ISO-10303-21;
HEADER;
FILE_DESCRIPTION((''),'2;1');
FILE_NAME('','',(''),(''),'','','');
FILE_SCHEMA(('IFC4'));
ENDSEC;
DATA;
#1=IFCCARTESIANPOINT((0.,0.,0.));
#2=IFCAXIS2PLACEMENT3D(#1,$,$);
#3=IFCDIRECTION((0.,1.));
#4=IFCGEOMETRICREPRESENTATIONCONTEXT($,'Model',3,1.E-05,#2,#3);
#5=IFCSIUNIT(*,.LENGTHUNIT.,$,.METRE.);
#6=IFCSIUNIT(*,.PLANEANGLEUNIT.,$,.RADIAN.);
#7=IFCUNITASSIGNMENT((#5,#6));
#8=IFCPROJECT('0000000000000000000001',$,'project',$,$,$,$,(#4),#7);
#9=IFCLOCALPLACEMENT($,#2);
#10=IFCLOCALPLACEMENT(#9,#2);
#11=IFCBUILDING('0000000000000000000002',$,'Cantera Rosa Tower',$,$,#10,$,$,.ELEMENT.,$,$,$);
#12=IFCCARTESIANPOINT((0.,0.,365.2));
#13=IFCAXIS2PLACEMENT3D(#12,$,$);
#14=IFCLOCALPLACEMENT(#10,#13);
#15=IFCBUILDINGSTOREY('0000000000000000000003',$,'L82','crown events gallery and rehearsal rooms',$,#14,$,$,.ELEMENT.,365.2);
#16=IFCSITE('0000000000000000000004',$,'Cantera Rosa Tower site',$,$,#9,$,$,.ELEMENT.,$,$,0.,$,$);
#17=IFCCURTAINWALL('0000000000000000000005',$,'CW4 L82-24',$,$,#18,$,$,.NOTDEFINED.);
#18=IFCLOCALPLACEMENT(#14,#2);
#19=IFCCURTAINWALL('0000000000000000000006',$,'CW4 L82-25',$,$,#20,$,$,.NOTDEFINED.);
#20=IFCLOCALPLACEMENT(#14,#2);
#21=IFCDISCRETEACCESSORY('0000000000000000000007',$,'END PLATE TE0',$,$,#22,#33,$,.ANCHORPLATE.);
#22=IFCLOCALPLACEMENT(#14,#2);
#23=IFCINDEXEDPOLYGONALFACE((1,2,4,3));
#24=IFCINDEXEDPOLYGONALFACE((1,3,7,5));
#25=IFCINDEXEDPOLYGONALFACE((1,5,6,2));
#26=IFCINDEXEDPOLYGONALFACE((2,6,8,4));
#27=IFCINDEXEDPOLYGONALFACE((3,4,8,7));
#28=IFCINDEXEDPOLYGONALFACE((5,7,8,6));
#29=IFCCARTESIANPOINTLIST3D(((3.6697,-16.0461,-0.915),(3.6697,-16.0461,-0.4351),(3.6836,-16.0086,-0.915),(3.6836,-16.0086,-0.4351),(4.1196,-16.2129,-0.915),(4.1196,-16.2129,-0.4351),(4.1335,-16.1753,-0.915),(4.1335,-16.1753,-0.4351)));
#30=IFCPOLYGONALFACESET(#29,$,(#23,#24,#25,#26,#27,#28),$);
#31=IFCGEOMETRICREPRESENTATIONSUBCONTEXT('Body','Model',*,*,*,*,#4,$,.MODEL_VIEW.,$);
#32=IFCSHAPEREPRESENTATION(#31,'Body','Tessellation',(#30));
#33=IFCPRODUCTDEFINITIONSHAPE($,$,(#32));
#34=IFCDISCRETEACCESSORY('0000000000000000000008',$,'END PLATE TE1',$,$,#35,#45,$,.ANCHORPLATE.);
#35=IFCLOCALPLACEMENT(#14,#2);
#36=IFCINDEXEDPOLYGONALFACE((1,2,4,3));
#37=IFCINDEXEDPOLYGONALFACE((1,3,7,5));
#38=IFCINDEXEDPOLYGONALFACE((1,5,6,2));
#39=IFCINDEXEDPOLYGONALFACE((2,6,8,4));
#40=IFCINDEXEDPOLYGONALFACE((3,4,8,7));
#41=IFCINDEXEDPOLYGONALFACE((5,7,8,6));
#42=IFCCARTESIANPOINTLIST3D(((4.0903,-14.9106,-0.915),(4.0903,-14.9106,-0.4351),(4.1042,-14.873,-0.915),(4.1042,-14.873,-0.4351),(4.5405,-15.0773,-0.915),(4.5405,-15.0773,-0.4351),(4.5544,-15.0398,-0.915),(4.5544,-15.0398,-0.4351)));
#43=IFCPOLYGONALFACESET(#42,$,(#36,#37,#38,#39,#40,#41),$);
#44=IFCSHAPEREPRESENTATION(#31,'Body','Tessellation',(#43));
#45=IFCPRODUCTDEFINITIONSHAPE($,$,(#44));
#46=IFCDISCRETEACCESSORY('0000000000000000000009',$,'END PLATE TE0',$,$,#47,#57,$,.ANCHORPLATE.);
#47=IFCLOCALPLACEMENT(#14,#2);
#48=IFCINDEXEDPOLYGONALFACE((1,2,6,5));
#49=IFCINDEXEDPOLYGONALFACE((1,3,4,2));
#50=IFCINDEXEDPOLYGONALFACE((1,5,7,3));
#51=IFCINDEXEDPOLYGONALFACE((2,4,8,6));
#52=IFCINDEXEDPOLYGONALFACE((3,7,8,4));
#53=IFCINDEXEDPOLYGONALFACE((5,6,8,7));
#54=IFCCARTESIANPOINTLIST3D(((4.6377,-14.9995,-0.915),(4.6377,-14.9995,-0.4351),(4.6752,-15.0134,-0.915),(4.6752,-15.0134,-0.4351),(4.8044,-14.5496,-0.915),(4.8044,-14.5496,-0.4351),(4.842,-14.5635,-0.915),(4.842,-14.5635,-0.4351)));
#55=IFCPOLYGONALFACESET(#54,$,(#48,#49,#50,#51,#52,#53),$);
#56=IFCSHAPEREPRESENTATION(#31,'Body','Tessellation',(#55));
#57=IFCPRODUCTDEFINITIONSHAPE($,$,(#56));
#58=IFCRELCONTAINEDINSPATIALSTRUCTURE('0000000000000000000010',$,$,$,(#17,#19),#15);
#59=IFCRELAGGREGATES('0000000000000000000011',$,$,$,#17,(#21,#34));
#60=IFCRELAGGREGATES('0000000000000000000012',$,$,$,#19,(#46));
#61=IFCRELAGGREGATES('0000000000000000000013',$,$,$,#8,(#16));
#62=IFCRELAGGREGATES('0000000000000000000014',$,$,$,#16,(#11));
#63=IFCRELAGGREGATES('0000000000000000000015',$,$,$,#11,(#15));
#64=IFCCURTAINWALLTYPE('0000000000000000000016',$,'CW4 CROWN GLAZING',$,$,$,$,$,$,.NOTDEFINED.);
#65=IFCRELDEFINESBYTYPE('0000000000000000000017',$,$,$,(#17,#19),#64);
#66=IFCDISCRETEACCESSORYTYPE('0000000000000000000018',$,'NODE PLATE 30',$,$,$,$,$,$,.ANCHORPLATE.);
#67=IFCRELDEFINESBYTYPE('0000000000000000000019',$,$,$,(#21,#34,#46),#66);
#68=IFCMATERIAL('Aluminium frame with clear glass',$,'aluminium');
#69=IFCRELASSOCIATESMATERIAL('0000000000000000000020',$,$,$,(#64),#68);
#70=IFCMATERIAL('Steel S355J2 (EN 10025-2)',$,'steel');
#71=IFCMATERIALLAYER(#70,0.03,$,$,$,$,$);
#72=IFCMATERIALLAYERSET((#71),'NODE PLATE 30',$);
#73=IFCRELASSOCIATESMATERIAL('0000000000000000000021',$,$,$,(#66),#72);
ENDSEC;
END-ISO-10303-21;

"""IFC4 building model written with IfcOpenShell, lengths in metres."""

from ifc_helpers import new_model, si_unit, direction, frame, origin, place, context, subcontext, project, spatial, polyline, outline, extrude, material, layer, layer_set, type_object, element, aggregate, save


model = new_model("IFC4")

# Units and contexts
model_context = context("Model", 3, precision=1e-05, world=origin(), true_north=direction((0.0, 1.0)))
body_context = subcontext(model_context, "Body", "Model", "MODEL_VIEW")
ifc_project = project(units=[si_unit("LENGTHUNIT", "METRE"), si_unit("PLANEANGLEUNIT", "RADIAN")], contexts=[model_context])

# Site, building, storey
site_placement = place(None, origin())
site = spatial("IfcSite", under=ifc_project, at=site_placement, Name="Cantera Rosa Tower site", CompositionType="ELEMENT", RefElevation=0.0)
building_placement = place(site_placement, origin())
building = spatial("IfcBuilding", under=site, at=building_placement, Name="Cantera Rosa Tower", CompositionType="ELEMENT")
storey_placement = place(building_placement, frame((0.0, 0.0, 365.2)))
storey = spatial("IfcBuildingStorey", under=building, at=storey_placement, Name="L82", Description="crown events gallery and rehearsal rooms", CompositionType="ELEMENT", Elevation=365.2)

# Curtain walls
ifc_material_1 = material(Name="Aluminium frame with clear glass", Category="aluminium")
curtain_wall_type = type_object("IfcCurtainWallType", Name="CW4 CROWN GLAZING", PredefinedType="NOTDEFINED", material=ifc_material_1)
curtain_wall_1_placement = place(storey_placement, origin())
curtain_wall_1 = element("IfcCurtainWall", 1, at=curtain_wall_1_placement, inside=storey, type_object=curtain_wall_type, Name="CW4 L82-24", PredefinedType="NOTDEFINED")
curtain_wall_2_placement = place(storey_placement, origin())
curtain_wall_2 = element("IfcCurtainWall", 2, at=curtain_wall_2_placement, inside=storey, type_object=curtain_wall_type, Name="CW4 L82-25", PredefinedType="NOTDEFINED")

# Shared definitions
ifc_material_2 = material(Name="Steel S355J2 (EN 10025-2)", Category="steel")
ifc_layer_1 = layer(ifc_material_2, 0.03)
ifc_layer_set_1 = layer_set([ifc_layer_1], Name="NODE PLATE 30")
discrete_accessory_type = type_object("IfcDiscreteAccessoryType", Name="NODE PLATE 30", PredefinedType="ANCHORPLATE", material=ifc_layer_set_1)

# Discrete accessories
discrete_accessory_1_placement = place(storey_placement, frame((4.1196, -16.2129, -0.4351), z_axis=(-0.347497, -0.937681, 0.0), x_axis=(-0.937681, 0.347497, 0.0)))
discrete_accessory_1 = element("IfcDiscreteAccessory", 3, at=discrete_accessory_1_placement, type_object=discrete_accessory_type, Name="END PLATE TE0", PredefinedType="ANCHORPLATE", context=body_context, shape_type="SweptSolid", body=[
    extrude(outline(polyline([(0.0, 0.0), (0.4799, 0.0), (0.4799, 0.48), (0.0, 0.48), (0.0, 0.0)])), origin(), (0.0, 0.0, -1.0), 0.04),
])
discrete_accessory_2_placement = place(storey_placement, frame((4.1042, -14.873, -0.4351), z_axis=(0.347331, 0.937743, 0.0), x_axis=(0.937743, -0.347331, 0.0)))
discrete_accessory_2 = element("IfcDiscreteAccessory", 4, at=discrete_accessory_2_placement, type_object=discrete_accessory_type, Name="END PLATE TE1", PredefinedType="ANCHORPLATE", context=body_context, shape_type="SweptSolid", body=[
    extrude(outline(polyline([(0.0, 0.0), (0.4801, 0.0), (0.4801, 0.48), (0.0, 0.48), (0.0, 0.0)])), origin(), (0.0, 0.0, -1.0), 0.04),
])
aggregate(curtain_wall_1, [discrete_accessory_1, discrete_accessory_2])
discrete_accessory_3_placement = place(storey_placement, frame((4.6377, -14.9995, -0.4351), z_axis=(-0.937681, 0.347497, 0.0), x_axis=(0.347497, 0.937681, 0.0)))
discrete_accessory_3 = element("IfcDiscreteAccessory", 5, at=discrete_accessory_3_placement, type_object=discrete_accessory_type, Name="END PLATE TE0", PredefinedType="ANCHORPLATE", context=body_context, shape_type="SweptSolid", body=[
    extrude(outline(polyline([(0.0, 0.0), (0.4799, 0.0), (0.4799, 0.48), (0.0, 0.48), (0.0, 0.0)])), origin(), (0.0, 0.0, -1.0), 0.04),
])
aggregate(curtain_wall_2, [discrete_accessory_3])

save(model, "model.ifc")
